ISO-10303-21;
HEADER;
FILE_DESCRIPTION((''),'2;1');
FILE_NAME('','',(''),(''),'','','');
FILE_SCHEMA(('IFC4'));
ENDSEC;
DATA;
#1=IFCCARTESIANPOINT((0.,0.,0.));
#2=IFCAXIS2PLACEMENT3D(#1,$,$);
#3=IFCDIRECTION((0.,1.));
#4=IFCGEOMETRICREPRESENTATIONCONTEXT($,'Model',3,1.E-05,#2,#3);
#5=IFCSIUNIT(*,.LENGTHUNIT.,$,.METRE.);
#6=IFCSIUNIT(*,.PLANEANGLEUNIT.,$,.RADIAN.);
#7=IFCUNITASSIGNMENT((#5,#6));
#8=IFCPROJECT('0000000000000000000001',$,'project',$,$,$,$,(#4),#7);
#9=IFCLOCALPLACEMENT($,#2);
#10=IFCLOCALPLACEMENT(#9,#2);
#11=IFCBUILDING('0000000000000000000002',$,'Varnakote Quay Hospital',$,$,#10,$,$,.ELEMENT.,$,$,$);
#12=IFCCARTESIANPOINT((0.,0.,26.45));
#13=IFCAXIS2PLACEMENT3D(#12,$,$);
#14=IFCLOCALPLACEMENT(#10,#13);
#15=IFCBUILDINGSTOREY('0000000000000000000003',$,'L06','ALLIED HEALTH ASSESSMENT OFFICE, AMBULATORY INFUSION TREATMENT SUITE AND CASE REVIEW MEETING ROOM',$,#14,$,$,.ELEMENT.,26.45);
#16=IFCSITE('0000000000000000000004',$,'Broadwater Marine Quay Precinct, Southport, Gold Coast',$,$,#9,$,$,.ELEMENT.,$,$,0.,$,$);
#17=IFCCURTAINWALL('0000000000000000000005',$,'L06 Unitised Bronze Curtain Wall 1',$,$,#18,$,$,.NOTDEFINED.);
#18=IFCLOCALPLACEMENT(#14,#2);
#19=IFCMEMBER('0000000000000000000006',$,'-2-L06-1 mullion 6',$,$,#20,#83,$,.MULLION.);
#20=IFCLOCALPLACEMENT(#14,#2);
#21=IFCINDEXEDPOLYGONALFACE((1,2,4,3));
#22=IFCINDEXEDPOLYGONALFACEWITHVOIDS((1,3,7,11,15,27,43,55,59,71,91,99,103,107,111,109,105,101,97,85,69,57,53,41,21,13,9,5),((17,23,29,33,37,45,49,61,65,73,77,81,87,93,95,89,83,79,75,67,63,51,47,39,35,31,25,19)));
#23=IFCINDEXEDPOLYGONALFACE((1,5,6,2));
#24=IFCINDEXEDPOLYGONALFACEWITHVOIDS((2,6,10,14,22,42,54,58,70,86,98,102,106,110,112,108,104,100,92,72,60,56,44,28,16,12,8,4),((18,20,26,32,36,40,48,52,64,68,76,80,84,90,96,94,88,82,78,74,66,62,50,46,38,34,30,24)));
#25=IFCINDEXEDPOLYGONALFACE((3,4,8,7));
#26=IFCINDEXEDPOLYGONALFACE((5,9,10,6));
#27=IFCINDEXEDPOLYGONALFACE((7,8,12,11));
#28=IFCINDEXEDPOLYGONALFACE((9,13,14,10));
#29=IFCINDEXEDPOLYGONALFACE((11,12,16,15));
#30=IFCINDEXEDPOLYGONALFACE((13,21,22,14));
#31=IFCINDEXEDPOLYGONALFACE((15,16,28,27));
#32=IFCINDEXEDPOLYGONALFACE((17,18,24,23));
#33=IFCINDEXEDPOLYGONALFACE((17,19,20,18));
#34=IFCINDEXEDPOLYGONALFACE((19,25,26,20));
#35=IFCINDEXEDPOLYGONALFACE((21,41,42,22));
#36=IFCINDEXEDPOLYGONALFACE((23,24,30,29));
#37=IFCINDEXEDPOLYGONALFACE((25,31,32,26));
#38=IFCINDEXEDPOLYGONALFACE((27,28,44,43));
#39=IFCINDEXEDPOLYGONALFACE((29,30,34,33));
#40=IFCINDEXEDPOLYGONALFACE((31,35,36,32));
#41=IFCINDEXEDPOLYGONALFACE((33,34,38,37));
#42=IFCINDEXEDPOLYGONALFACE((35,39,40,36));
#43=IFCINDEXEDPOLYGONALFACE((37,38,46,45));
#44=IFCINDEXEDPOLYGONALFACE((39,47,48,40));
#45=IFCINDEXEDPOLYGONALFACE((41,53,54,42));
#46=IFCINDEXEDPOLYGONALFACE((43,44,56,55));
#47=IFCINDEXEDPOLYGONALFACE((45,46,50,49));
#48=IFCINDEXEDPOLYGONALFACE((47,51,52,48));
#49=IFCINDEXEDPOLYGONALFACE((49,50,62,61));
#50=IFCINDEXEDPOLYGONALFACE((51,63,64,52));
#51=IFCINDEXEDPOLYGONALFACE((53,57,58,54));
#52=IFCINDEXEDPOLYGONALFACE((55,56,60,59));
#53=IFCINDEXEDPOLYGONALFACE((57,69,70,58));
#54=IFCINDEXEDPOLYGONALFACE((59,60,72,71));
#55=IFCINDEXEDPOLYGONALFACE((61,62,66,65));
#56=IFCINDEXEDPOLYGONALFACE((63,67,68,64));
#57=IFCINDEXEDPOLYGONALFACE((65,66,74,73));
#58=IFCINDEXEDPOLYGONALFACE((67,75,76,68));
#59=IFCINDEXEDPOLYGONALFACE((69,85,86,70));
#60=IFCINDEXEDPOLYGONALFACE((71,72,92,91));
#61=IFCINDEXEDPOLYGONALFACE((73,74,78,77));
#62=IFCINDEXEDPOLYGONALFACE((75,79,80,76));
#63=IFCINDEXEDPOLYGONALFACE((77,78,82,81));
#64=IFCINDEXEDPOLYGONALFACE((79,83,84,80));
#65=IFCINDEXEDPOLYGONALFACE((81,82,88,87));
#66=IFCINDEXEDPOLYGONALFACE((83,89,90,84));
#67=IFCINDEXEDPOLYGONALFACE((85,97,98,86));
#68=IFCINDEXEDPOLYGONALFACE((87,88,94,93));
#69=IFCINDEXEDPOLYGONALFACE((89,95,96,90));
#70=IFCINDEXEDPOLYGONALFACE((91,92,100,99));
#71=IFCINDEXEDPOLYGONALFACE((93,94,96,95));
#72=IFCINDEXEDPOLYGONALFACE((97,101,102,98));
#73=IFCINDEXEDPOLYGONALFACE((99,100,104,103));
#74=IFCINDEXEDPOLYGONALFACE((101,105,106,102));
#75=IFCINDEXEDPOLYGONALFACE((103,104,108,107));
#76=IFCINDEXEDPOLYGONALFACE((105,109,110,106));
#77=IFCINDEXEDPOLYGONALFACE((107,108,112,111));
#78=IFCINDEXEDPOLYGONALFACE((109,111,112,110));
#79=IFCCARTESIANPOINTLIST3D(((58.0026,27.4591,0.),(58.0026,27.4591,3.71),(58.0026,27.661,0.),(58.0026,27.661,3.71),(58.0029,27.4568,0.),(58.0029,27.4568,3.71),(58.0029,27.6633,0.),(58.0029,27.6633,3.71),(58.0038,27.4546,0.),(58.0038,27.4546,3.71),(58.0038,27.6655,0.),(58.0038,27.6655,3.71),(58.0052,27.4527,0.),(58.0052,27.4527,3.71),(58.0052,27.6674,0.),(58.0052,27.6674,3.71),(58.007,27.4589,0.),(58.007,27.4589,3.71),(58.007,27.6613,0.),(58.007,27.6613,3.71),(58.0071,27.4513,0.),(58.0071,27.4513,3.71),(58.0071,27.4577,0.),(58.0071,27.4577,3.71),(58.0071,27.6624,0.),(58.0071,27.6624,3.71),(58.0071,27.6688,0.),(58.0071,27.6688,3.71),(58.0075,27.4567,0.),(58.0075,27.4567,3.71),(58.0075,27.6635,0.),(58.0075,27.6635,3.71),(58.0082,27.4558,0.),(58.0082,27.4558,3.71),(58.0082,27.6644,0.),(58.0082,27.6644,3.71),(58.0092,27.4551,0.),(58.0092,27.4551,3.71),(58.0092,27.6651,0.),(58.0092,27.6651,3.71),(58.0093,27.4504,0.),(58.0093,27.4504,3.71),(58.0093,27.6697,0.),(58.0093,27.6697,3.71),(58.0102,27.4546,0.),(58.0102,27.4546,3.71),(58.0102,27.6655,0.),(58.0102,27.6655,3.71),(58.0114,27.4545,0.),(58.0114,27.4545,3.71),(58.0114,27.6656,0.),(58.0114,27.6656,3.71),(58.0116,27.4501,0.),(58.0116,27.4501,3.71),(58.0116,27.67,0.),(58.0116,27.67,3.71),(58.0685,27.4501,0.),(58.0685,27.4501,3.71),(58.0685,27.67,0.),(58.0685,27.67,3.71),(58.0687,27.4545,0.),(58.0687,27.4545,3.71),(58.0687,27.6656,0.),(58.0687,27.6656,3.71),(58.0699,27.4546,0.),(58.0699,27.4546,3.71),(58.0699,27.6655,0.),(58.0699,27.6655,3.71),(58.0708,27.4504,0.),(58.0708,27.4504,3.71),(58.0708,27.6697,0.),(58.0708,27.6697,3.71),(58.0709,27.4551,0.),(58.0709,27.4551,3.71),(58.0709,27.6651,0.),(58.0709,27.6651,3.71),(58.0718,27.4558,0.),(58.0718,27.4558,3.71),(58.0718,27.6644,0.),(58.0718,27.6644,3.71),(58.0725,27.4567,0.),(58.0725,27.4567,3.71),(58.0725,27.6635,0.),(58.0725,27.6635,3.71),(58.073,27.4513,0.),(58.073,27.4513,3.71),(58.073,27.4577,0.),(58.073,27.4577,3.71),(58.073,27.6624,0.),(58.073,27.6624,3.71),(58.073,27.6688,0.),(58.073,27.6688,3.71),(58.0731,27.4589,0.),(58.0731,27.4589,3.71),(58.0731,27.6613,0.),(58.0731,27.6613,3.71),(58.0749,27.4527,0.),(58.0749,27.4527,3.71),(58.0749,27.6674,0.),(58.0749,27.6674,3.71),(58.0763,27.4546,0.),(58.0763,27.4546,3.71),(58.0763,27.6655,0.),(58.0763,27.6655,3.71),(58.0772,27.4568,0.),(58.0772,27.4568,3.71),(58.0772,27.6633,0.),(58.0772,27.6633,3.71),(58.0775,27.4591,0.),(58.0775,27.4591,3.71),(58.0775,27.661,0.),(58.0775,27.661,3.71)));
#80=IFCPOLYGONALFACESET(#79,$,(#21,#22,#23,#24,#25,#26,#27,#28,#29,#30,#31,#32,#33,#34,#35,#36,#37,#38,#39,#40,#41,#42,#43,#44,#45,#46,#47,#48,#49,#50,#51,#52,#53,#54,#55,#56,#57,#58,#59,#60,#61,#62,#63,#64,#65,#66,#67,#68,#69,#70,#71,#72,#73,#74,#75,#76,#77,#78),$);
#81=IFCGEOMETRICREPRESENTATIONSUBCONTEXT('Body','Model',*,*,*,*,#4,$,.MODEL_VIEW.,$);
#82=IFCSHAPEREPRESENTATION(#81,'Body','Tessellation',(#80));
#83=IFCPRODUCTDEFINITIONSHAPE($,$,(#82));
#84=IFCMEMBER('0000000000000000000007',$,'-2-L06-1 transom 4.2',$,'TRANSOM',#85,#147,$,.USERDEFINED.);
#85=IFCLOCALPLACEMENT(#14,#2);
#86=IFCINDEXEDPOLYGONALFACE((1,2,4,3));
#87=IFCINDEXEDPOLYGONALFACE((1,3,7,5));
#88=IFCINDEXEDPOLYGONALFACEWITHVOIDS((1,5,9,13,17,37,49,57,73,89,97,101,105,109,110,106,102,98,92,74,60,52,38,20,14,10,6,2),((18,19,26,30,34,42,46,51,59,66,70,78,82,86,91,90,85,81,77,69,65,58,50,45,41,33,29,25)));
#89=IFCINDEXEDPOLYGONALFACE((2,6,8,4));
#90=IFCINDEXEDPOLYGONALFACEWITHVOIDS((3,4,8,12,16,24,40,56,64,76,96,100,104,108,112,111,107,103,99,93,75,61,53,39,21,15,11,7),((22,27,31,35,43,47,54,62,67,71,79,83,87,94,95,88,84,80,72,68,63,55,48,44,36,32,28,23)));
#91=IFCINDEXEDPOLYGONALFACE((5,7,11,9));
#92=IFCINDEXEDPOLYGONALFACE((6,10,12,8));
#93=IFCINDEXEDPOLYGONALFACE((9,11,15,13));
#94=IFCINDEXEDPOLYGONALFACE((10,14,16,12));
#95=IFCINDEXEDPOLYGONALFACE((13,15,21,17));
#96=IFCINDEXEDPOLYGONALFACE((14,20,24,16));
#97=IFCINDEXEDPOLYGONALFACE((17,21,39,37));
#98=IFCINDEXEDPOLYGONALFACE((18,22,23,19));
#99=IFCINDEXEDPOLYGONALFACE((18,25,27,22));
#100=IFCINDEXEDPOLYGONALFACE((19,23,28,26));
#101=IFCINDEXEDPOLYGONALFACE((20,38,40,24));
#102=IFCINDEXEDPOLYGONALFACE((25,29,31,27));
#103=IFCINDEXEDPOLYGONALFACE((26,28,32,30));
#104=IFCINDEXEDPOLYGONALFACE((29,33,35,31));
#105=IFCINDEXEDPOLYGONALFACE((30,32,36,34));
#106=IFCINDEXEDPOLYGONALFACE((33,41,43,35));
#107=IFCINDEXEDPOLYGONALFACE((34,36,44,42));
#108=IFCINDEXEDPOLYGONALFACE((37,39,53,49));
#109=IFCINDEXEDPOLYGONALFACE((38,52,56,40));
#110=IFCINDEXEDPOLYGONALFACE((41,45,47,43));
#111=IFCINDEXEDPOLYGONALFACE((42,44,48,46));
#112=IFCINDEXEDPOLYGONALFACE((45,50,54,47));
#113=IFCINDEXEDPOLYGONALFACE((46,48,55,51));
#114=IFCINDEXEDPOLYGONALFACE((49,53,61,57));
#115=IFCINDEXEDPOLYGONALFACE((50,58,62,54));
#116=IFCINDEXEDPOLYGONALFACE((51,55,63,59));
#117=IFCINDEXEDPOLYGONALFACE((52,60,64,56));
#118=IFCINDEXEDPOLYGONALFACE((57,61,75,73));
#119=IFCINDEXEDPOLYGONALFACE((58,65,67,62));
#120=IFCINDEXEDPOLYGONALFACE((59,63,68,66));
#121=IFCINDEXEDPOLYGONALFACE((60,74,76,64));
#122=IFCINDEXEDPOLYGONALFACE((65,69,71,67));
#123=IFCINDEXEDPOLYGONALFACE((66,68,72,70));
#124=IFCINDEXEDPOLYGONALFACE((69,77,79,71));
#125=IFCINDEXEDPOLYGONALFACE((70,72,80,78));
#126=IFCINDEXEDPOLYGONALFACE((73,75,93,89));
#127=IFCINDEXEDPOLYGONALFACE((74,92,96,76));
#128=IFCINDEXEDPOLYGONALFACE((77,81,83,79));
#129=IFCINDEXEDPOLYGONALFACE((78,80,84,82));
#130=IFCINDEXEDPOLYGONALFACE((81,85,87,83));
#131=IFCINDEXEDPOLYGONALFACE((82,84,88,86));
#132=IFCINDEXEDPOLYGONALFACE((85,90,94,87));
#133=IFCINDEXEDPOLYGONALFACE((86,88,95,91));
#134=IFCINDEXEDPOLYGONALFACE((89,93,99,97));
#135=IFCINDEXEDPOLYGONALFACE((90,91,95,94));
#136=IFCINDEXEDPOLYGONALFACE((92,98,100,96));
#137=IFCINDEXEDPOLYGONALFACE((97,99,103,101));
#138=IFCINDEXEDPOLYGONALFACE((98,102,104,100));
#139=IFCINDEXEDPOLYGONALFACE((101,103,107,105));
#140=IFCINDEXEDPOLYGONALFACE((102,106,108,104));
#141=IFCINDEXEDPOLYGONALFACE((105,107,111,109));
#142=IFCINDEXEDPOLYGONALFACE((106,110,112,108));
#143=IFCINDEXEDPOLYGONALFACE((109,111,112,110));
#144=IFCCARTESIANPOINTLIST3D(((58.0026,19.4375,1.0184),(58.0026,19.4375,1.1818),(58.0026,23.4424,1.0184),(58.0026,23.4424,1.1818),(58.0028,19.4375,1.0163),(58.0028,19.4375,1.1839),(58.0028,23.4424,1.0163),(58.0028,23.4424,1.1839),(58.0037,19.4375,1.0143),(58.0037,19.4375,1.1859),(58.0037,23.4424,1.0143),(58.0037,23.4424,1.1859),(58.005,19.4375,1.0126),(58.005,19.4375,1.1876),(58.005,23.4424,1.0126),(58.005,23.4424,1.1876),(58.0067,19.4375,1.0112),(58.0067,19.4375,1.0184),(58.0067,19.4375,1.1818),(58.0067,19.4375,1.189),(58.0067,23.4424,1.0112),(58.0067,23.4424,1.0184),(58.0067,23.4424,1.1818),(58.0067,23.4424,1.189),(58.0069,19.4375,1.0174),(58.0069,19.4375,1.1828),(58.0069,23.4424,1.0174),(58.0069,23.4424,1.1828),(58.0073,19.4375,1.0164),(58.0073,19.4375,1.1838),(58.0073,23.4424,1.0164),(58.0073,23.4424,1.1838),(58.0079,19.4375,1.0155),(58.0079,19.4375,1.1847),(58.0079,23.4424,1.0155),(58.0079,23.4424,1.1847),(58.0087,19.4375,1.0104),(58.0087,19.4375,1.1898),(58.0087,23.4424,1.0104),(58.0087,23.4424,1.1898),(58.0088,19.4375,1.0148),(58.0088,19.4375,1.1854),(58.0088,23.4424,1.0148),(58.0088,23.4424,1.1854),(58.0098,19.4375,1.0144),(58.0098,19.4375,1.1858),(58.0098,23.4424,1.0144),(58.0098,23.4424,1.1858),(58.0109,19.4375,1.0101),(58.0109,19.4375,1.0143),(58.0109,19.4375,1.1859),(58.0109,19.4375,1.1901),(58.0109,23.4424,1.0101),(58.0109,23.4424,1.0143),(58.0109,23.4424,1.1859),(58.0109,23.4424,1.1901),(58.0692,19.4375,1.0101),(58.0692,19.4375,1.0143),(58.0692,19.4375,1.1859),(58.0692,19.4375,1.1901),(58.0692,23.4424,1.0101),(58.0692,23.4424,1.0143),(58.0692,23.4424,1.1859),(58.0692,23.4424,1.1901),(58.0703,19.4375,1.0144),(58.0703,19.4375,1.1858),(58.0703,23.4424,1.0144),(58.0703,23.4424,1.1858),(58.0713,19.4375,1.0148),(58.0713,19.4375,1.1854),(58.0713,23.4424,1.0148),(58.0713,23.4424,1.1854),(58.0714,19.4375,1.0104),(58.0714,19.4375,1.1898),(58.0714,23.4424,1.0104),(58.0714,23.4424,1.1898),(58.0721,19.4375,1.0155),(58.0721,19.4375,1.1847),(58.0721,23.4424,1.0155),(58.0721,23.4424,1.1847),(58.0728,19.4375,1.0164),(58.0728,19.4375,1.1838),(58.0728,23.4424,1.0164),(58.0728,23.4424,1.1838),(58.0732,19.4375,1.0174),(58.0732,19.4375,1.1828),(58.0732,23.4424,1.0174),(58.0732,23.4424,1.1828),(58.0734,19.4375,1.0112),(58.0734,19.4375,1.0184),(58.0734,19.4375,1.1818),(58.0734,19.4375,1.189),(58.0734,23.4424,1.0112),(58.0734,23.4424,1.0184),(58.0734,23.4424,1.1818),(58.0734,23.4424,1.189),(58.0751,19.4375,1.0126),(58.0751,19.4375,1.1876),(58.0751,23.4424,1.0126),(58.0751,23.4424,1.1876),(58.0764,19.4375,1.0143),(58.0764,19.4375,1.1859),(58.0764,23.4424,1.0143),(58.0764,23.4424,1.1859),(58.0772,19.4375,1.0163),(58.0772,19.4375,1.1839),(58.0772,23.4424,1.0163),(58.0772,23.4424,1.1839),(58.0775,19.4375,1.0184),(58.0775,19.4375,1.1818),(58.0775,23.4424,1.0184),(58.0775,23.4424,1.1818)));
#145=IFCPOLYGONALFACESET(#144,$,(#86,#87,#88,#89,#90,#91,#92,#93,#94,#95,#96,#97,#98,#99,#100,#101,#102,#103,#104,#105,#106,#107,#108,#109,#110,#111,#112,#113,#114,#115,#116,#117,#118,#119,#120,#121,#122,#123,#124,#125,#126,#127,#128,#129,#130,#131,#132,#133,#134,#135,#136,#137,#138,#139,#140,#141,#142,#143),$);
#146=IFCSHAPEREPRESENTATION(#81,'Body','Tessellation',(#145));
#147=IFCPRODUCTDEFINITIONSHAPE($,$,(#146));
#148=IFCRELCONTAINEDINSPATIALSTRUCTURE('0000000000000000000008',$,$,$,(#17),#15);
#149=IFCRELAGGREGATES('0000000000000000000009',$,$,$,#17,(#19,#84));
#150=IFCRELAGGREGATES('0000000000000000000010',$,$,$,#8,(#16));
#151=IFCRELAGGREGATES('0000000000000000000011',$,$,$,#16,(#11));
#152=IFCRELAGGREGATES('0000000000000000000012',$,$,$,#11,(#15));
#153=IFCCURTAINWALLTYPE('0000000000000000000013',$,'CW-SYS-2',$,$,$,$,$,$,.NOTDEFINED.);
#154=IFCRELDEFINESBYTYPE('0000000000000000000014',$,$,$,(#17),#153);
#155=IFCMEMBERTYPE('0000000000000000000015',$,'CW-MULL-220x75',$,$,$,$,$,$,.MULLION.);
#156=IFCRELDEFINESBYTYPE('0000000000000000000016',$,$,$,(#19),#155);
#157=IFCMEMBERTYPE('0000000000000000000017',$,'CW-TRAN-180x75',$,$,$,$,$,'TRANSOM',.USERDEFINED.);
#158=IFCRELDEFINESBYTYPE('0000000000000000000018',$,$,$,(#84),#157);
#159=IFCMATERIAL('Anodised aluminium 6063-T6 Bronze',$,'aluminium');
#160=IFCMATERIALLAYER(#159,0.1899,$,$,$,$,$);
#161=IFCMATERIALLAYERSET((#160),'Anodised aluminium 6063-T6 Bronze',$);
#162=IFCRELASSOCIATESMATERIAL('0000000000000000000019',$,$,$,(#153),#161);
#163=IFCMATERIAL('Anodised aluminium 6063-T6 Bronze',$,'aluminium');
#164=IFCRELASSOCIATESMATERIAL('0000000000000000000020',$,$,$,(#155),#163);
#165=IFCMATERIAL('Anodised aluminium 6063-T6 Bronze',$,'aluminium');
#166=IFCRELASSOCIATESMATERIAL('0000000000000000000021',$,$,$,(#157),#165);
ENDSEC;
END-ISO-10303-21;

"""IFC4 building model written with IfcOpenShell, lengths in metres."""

from ifc_helpers import new_model, si_unit, direction, frame, origin, origin_2d, place, context, subcontext, project, spatial, hollow_rectangle, extrude, material, layer, layer_set, material_profile, profile_set, type_object, element, aggregate, save


model = new_model("IFC4")

# Units and contexts
model_context = context("Model", 3, precision=1e-05, world=origin(), true_north=direction((0.0, 1.0)))
body_context = subcontext(model_context, "Body", "Model", "MODEL_VIEW")
ifc_project = project(units=[si_unit("LENGTHUNIT", "METRE"), si_unit("PLANEANGLEUNIT", "RADIAN")], contexts=[model_context])

# Site, building, storey
site_placement = place(None, origin())
site = spatial("IfcSite", under=ifc_project, at=site_placement, Name="Broadwater Marine Quay Precinct, Southport, Gold Coast", CompositionType="ELEMENT", RefElevation=0.0)
building_placement = place(site_placement, origin())
building = spatial("IfcBuilding", under=site, at=building_placement, Name="Varnakote Quay Hospital", CompositionType="ELEMENT")
storey_placement = place(building_placement, frame((0.0, 0.0, 26.45)))
storey = spatial("IfcBuildingStorey", under=building, at=storey_placement, Name="L06", Description="ALLIED HEALTH ASSESSMENT OFFICE, AMBULATORY INFUSION TREATMENT SUITE AND CASE REVIEW MEETING ROOM", CompositionType="ELEMENT", Elevation=26.45)

# Curtain wall, members
ifc_material_1 = material(Name="Anodised aluminium 6063-T6 Bronze", Category="aluminium")
ifc_layer_1 = layer(ifc_material_1, 0.1899)
ifc_layer_set_1 = layer_set([ifc_layer_1], Name="Anodised aluminium 6063-T6 Bronze")
curtain_wall_type = type_object("IfcCurtainWallType", Name="CW-SYS-2", PredefinedType="NOTDEFINED", material=ifc_layer_set_1)
curtain_wall_placement = place(storey_placement, origin())
curtain_wall = element("IfcCurtainWall", 1, at=curtain_wall_placement, inside=storey, type_object=curtain_wall_type, Name="L06 Unitised Bronze Curtain Wall 1", PredefinedType="NOTDEFINED")
ifc_material_2 = material(Name="Anodised aluminium 6063-T6 Bronze", Category="aluminium")
ifc_material_profile_1 = material_profile(ifc_material_2, hollow_rectangle(XDim=0.075, YDim=0.22, WallThickness=0.0044, InnerFilletRadius=0.0044, OuterFilletRadius=0.009, at=origin_2d()), Name="CW-MULL-220x75")
ifc_profile_set_1 = profile_set([ifc_material_profile_1], Name="Anodised aluminium 6063-T6 Bronze")
member_type_1 = type_object("IfcMemberType", Name="CW-MULL-220x75", PredefinedType="MULLION", material=ifc_profile_set_1)
member_1_placement = place(storey_placement, frame((58.04, 27.5601, 0.0), z_axis=(0.0, 0.0, 1.0), x_axis=(-1.0, 0.0, 0.0)))
member_1 = element("IfcMember", 2, at=member_1_placement, type_object=member_type_1, Name="-2-L06-1 mullion 6", PredefinedType="MULLION", context=body_context, shape_type="SweptSolid", body=[
    extrude(hollow_rectangle(XDim=0.075, YDim=0.22, WallThickness=0.0044, InnerFilletRadius=0.0044, OuterFilletRadius=0.009, at=origin_2d()), origin(), (0.0, 0.0, 1.0), 3.71),
])
ifc_material_3 = material(Name="Anodised aluminium 6063-T6 Bronze", Category="aluminium")
ifc_material_profile_2 = material_profile(ifc_material_3, hollow_rectangle(XDim=0.075, YDim=0.1799, WallThickness=0.0042, InnerFilletRadius=0.0042, OuterFilletRadius=0.0083, at=origin_2d()), Name="CW-TRAN-180x75")
ifc_profile_set_2 = profile_set([ifc_material_profile_2], Name="Anodised aluminium 6063-T6 Bronze")
member_type_2 = type_object("IfcMemberType", Name="CW-TRAN-180x75", ElementType="TRANSOM", PredefinedType="USERDEFINED", material=ifc_profile_set_2)
member_2_placement = place(storey_placement, frame((58.04, 19.4375, 1.1001), z_axis=(0.0, 1.0, 0.0), x_axis=(-1.0, 0.0, 0.0)))
member_2 = element("IfcMember", 3, at=member_2_placement, type_object=member_type_2, Name="-2-L06-1 transom 4.2", ObjectType="TRANSOM", PredefinedType="USERDEFINED", context=body_context, shape_type="SweptSolid", body=[
    extrude(hollow_rectangle(XDim=0.075, YDim=0.1799, WallThickness=0.0042, InnerFilletRadius=0.0042, OuterFilletRadius=0.0083, at=origin_2d()), origin(), (0.0, 0.0, 1.0), 4.0049),
])
aggregate(curtain_wall, [member_1, member_2])

save(model, "model.ifc")
